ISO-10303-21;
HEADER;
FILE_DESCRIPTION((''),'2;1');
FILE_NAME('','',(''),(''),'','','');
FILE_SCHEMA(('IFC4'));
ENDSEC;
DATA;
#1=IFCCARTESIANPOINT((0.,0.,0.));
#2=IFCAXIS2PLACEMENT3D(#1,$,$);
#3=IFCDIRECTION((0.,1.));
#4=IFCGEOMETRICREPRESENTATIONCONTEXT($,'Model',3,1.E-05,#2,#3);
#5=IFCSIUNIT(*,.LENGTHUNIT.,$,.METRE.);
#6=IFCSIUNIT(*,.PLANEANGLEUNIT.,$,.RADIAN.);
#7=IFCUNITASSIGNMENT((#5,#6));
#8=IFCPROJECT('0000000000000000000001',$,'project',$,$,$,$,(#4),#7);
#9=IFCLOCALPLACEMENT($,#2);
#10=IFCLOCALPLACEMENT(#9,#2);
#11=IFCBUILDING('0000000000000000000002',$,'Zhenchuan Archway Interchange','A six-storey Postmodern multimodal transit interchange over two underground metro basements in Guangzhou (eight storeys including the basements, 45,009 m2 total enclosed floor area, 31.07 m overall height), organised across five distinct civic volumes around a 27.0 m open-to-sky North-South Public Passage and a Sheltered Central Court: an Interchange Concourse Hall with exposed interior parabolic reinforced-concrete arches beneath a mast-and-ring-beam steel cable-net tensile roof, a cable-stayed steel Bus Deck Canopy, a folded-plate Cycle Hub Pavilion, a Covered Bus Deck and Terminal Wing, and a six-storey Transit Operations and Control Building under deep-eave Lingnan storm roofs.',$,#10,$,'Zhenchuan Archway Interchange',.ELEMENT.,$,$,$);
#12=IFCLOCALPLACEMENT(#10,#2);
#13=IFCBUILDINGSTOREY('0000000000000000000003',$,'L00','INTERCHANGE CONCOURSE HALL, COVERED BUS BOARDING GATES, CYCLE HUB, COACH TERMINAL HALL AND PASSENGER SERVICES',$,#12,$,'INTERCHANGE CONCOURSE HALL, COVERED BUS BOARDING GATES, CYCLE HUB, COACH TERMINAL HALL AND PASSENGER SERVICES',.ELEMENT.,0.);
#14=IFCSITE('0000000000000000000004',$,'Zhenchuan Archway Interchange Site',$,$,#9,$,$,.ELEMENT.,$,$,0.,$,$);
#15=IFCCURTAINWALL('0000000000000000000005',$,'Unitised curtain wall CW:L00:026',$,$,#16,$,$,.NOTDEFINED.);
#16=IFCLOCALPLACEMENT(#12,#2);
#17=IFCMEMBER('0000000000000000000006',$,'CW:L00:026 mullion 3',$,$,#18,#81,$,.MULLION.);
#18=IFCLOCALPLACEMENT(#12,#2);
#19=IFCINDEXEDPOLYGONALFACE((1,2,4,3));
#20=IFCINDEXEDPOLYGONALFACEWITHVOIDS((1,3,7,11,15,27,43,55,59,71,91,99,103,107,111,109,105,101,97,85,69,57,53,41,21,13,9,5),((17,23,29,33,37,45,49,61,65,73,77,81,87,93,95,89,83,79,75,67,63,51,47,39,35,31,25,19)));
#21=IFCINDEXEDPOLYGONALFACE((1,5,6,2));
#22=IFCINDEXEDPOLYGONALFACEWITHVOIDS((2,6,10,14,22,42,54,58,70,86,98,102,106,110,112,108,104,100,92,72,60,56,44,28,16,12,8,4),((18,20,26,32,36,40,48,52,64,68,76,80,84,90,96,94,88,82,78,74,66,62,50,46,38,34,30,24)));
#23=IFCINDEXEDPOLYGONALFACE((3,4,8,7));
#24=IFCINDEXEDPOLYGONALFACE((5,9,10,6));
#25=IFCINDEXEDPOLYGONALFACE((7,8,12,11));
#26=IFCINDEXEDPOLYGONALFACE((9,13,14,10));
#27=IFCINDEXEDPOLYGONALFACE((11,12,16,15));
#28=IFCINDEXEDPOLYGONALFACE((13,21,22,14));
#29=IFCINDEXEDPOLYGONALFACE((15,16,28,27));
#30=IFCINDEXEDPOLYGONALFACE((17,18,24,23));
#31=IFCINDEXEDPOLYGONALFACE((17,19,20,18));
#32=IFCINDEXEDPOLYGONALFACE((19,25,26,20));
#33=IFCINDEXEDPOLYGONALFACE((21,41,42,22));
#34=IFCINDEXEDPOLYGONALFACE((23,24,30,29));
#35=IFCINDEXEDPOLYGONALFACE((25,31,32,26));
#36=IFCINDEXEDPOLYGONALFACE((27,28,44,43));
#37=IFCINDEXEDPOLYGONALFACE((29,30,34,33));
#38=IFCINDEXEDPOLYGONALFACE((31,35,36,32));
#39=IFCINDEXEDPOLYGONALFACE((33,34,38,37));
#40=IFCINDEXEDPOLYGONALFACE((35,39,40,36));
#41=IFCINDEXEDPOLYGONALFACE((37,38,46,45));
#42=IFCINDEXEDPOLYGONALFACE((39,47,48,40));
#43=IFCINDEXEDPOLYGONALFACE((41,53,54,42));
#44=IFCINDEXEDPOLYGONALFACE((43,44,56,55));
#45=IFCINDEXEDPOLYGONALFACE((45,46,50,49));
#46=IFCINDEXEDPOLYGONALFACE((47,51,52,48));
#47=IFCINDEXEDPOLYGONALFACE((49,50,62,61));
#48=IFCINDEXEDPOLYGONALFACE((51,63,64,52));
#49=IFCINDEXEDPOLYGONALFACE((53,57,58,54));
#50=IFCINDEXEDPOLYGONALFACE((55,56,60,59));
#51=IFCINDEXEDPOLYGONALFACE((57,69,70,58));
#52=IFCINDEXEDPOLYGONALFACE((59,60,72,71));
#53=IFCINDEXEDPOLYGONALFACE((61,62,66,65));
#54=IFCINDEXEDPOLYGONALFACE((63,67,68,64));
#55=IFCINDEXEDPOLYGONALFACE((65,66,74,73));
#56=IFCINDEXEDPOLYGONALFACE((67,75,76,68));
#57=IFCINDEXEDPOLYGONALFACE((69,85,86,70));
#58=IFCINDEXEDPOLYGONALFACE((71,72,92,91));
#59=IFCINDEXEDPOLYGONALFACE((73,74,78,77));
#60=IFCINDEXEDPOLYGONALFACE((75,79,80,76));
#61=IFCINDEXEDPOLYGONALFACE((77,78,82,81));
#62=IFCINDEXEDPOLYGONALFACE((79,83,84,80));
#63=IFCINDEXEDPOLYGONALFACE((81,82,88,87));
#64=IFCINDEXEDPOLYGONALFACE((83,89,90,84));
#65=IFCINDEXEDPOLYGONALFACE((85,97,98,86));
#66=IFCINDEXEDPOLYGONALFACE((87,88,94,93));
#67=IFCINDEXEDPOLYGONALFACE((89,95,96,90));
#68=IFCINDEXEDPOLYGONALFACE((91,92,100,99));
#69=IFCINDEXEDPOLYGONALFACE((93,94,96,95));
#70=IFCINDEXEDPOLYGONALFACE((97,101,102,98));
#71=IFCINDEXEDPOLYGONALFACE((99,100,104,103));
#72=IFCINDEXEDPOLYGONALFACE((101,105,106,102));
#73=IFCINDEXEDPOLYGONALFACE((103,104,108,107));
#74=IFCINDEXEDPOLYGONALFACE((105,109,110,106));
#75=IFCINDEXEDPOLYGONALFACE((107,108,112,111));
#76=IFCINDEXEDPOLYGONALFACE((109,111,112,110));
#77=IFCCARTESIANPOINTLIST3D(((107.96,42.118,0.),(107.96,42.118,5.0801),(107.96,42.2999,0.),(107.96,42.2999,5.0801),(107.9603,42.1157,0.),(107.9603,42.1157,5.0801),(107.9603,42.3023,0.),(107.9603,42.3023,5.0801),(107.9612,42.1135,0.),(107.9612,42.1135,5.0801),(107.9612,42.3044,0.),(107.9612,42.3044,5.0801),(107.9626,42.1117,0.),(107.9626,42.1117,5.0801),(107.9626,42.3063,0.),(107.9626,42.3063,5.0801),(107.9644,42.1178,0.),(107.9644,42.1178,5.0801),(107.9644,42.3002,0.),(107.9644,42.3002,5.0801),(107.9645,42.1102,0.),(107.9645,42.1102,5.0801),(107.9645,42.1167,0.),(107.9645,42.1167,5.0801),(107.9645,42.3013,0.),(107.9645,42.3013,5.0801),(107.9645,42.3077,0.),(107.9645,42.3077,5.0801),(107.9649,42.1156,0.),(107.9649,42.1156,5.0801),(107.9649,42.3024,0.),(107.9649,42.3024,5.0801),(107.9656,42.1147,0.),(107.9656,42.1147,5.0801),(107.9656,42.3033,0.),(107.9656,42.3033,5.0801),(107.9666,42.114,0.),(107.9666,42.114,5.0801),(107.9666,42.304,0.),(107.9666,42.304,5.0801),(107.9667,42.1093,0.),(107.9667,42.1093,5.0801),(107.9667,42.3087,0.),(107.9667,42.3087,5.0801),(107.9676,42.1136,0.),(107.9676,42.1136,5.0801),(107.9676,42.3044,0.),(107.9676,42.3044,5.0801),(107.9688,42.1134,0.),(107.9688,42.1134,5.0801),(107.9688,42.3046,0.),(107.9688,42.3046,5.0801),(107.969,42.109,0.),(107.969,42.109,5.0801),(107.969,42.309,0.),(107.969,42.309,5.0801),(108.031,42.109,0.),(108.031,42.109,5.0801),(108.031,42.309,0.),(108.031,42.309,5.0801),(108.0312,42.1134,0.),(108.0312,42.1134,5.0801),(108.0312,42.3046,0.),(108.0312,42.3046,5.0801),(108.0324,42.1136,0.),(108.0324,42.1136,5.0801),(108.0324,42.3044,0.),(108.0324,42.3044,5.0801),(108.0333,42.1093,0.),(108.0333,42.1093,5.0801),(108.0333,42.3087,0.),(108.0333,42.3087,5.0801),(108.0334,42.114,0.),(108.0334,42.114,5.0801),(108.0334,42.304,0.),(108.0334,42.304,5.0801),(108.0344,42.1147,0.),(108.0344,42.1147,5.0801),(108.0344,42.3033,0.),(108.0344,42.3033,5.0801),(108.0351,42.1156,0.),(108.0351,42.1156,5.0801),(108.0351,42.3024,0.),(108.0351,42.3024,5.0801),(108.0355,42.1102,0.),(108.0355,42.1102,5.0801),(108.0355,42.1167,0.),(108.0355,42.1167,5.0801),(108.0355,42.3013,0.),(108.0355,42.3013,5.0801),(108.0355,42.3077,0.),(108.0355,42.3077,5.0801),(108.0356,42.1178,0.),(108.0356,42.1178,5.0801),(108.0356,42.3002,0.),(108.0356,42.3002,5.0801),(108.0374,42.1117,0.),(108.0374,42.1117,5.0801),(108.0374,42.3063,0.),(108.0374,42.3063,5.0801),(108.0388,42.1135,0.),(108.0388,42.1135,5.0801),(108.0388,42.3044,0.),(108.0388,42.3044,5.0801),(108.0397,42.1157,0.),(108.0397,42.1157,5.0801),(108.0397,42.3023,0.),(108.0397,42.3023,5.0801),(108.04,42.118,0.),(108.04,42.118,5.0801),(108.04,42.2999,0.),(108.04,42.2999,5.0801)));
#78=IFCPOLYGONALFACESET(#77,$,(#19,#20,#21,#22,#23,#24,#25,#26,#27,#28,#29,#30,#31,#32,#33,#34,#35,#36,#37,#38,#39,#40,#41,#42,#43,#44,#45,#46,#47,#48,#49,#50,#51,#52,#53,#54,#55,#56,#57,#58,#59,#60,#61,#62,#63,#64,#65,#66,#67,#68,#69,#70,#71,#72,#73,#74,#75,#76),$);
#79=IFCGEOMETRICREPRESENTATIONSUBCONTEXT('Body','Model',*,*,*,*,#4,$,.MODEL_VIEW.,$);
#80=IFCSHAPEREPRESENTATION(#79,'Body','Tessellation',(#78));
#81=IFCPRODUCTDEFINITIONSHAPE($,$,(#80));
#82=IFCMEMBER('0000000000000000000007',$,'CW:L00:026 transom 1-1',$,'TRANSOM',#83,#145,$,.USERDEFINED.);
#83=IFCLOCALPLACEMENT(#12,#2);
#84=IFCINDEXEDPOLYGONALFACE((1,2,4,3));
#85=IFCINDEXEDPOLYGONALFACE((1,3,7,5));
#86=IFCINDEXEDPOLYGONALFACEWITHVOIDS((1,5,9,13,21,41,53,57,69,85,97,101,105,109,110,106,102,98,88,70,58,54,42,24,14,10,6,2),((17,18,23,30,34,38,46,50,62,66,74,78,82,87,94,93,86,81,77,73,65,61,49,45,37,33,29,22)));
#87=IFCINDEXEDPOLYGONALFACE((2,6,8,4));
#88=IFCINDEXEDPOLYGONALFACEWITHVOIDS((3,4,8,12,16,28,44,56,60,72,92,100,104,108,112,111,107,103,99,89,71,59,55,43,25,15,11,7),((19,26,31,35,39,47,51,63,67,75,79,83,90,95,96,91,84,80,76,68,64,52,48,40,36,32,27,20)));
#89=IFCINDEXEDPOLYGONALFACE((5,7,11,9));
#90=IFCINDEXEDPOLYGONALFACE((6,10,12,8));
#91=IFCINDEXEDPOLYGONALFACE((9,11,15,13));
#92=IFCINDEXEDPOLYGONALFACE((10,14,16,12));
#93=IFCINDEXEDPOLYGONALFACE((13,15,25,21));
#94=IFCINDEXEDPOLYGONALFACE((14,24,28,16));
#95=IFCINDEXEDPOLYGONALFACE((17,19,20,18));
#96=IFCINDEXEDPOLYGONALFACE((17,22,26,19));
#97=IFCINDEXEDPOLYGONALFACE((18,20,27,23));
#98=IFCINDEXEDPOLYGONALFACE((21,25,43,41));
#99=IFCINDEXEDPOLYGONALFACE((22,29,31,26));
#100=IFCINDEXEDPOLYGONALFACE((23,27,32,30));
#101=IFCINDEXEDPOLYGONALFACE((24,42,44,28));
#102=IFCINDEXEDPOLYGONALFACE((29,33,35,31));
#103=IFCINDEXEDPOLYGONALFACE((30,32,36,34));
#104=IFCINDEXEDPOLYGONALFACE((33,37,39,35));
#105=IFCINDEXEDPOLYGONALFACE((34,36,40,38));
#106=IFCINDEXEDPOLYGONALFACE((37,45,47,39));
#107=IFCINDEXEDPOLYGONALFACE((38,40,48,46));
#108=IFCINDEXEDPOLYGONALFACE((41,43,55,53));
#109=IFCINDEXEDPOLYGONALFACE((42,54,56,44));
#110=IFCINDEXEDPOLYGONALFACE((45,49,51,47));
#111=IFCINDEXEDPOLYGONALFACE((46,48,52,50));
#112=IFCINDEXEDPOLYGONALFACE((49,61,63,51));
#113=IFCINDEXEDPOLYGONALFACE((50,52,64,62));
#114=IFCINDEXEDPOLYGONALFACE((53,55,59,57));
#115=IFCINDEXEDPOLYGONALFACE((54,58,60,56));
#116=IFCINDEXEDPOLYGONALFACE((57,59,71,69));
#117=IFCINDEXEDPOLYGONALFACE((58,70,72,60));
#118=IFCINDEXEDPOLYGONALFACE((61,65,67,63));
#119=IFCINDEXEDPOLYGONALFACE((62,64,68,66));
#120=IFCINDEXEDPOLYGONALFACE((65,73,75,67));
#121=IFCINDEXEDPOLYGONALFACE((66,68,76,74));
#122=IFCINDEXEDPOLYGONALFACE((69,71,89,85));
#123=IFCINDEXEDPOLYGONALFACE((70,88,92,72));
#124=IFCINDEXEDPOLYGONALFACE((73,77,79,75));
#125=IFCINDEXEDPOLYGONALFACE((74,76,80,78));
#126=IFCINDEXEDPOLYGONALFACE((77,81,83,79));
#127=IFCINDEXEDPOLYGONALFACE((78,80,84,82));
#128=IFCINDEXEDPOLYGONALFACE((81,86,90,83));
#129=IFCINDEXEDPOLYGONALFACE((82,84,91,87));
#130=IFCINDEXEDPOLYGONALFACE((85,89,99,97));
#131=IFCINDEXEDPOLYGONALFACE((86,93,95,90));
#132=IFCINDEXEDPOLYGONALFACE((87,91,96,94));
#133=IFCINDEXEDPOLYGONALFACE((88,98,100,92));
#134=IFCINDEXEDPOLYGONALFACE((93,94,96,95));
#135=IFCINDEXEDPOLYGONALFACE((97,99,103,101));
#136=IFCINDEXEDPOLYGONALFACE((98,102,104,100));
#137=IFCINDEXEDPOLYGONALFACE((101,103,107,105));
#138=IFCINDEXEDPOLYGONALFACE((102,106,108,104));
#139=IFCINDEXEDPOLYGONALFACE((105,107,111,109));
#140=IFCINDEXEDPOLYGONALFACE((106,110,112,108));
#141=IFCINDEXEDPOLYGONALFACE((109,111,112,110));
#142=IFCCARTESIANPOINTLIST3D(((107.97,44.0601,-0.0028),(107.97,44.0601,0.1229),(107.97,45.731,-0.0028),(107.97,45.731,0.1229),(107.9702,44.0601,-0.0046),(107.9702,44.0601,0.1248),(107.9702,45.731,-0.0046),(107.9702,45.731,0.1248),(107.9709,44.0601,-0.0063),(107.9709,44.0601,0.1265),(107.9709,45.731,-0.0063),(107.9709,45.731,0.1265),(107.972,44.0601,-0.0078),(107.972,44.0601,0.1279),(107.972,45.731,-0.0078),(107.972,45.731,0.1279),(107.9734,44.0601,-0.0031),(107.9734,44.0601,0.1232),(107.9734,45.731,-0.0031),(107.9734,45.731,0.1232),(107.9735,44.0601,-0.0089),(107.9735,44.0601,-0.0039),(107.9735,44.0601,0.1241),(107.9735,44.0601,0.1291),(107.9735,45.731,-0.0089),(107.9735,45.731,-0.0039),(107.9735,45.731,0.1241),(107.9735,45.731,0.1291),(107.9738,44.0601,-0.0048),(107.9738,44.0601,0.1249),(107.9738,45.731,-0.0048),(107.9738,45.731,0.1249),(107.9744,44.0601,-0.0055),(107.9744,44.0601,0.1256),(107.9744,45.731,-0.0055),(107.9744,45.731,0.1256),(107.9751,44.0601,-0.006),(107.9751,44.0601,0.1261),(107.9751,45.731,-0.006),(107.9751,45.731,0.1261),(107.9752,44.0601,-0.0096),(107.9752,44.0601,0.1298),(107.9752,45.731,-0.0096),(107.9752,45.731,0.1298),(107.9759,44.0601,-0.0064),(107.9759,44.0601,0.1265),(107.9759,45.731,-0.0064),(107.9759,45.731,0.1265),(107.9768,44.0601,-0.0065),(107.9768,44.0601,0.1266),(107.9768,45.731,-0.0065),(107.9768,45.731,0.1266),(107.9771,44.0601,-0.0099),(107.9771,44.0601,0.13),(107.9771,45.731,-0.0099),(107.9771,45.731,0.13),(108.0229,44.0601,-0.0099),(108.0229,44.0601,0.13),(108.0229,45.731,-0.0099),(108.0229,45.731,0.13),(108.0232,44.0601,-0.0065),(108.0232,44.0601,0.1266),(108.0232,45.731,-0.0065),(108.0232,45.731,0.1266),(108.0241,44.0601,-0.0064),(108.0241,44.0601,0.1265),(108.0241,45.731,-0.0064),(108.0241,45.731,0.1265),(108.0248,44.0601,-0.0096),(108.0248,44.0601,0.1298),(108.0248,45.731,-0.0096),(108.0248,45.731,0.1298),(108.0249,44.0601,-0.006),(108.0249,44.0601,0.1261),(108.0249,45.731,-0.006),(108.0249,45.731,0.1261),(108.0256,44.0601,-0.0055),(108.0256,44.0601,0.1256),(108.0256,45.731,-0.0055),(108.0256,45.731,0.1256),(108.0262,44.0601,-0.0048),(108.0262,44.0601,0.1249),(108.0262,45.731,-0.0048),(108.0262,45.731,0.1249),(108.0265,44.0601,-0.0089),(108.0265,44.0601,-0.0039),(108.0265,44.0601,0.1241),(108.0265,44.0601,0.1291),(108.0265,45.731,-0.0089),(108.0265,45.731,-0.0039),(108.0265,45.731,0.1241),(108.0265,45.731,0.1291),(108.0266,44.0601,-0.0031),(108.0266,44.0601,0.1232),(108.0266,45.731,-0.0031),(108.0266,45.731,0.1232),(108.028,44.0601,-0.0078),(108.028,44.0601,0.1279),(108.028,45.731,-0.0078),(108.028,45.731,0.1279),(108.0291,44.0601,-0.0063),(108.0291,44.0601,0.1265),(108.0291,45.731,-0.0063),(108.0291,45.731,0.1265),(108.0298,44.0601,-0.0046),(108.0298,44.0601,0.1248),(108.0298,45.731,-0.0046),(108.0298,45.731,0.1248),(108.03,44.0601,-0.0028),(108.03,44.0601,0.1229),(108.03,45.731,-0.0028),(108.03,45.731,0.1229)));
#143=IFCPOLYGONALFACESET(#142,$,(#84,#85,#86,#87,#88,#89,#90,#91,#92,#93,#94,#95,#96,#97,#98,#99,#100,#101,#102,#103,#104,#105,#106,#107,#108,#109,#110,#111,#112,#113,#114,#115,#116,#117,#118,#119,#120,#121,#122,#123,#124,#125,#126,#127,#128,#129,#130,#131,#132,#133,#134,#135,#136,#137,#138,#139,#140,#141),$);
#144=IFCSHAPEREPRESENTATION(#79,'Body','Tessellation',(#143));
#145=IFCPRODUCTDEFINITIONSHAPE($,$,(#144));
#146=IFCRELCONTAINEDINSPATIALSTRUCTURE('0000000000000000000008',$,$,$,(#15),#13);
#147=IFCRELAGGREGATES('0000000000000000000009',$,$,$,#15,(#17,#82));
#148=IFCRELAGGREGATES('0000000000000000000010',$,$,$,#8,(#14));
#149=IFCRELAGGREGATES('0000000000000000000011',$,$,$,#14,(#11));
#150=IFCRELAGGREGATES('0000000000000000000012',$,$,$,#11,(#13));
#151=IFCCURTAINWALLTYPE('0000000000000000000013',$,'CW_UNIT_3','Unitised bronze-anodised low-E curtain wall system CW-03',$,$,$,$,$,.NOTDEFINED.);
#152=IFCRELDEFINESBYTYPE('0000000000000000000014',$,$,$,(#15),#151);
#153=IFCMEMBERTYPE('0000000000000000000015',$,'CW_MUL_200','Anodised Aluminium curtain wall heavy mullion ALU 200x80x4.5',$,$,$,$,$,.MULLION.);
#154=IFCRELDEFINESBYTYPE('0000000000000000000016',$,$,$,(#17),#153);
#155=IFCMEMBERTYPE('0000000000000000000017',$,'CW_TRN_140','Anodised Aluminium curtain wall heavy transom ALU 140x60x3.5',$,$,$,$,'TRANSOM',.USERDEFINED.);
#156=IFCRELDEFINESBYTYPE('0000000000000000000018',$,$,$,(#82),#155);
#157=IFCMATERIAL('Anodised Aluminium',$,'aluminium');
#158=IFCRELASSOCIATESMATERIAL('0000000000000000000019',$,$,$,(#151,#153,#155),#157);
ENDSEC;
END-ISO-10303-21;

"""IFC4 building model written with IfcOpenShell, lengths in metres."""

from ifc_helpers import new_model, si_unit, direction, frame, origin, origin_2d, place, context, subcontext, project, spatial, hollow_rectangle, extrude, material, material_profile, profile_set, type_object, element, aggregate, save


model = new_model("IFC4")

# Units and contexts
model_context = context("Model", 3, precision=1e-05, world=origin(), true_north=direction((0.0, 1.0)))
body_context = subcontext(model_context, "Body", "Model", "MODEL_VIEW")
ifc_project = project(units=[si_unit("LENGTHUNIT", "METRE"), si_unit("PLANEANGLEUNIT", "RADIAN")], contexts=[model_context])

# Site, building, storey
site_placement = place(None, origin())
site = spatial("IfcSite", under=ifc_project, at=site_placement, Name="Zhenchuan Archway Interchange Site", CompositionType="ELEMENT", RefElevation=0.0)
building_placement = place(site_placement, origin())
building = spatial("IfcBuilding", under=site, at=building_placement, Name="Zhenchuan Archway Interchange", Description="A six-storey Postmodern multimodal transit interchange over two underground metro basements in Guangzhou (eight storeys including the basements, 45,009 m2 total enclosed floor area, 31.07 m overall height), organised across five distinct civic volumes around a 27.0 m open-to-sky North-South Public Passage and a Sheltered Central Court: an Interchange Concourse Hall with exposed interior parabolic reinforced-concrete arches beneath a mast-and-ring-beam steel cable-net tensile roof, a cable-stayed steel Bus Deck Canopy, a folded-plate Cycle Hub Pavilion, a Covered Bus Deck and Terminal Wing, and a six-storey Transit Operations and Control Building under deep-eave Lingnan storm roofs.", LongName="Zhenchuan Archway Interchange", CompositionType="ELEMENT")
storey_placement = place(building_placement, origin())
storey = spatial("IfcBuildingStorey", under=building, at=storey_placement, Name="L00", Description="INTERCHANGE CONCOURSE HALL, COVERED BUS BOARDING GATES, CYCLE HUB, COACH TERMINAL HALL AND PASSENGER SERVICES", LongName="INTERCHANGE CONCOURSE HALL, COVERED BUS BOARDING GATES, CYCLE HUB, COACH TERMINAL HALL AND PASSENGER SERVICES", CompositionType="ELEMENT", Elevation=0.0)

# Curtain wall, members
ifc_material_1 = material(Name="Anodised Aluminium", Category="aluminium")
curtain_wall_type = type_object("IfcCurtainWallType", Name="CW_UNIT_3", Description="Unitised bronze-anodised low-E curtain wall system CW-03", PredefinedType="NOTDEFINED", material=ifc_material_1)
curtain_wall_placement = place(storey_placement, origin())
curtain_wall = element("IfcCurtainWall", 1, at=curtain_wall_placement, inside=storey, type_object=curtain_wall_type, Name="Unitised curtain wall CW:L00:026", PredefinedType="NOTDEFINED")
ifc_material_profile_1 = material_profile(ifc_material_1, hollow_rectangle(XDim=0.0801, YDim=0.2, WallThickness=0.0044, InnerFilletRadius=0.0044, OuterFilletRadius=0.009, at=origin_2d()), Name="ALU 200x80x4.5")
ifc_profile_set_1 = profile_set([ifc_material_profile_1], Name="Anodised Aluminium")
member_type_1 = type_object("IfcMemberType", Name="CW_MUL_200", Description="Anodised Aluminium curtain wall heavy mullion ALU 200x80x4.5", PredefinedType="MULLION", material=ifc_profile_set_1)
member_1_placement = place(storey_placement, frame((108.0, 42.209, 0.0), z_axis=(0.0, 0.0, 1.0), x_axis=(1.0, 0.0, 0.0)))
member_1 = element("IfcMember", 2, at=member_1_placement, type_object=member_type_1, Name="CW:L00:026 mullion 3", PredefinedType="MULLION", context=body_context, shape_type="SweptSolid", body=[
    extrude(hollow_rectangle(XDim=0.0801, YDim=0.2, WallThickness=0.0044, InnerFilletRadius=0.0044, OuterFilletRadius=0.009, at=origin_2d()), origin(), (0.0, 0.0, 1.0), 5.0801),
])
ifc_material_profile_2 = material_profile(ifc_material_1, hollow_rectangle(XDim=0.0601, YDim=0.1399, WallThickness=0.0034, InnerFilletRadius=0.0034, OuterFilletRadius=0.0071, at=origin_2d()), Name="ALU 140x60x3.5")
ifc_profile_set_2 = profile_set([ifc_material_profile_2], Name="Anodised Aluminium")
member_type_2 = type_object("IfcMemberType", Name="CW_TRN_140", Description="Anodised Aluminium curtain wall heavy transom ALU 140x60x3.5", ElementType="TRANSOM", PredefinedType="USERDEFINED", material=ifc_profile_set_2)
member_2_placement = place(storey_placement, frame((108.0, 45.731, 0.0601), z_axis=(0.0, -1.0, 0.0), x_axis=(1.0, 0.0, 0.0)))
member_2 = element("IfcMember", 3, at=member_2_placement, type_object=member_type_2, Name="CW:L00:026 transom 1-1", ObjectType="TRANSOM", PredefinedType="USERDEFINED", context=body_context, shape_type="SweptSolid", body=[
    extrude(hollow_rectangle(XDim=0.0601, YDim=0.1399, WallThickness=0.0034, InnerFilletRadius=0.0034, OuterFilletRadius=0.0071, at=origin_2d()), origin(), (0.0, 0.0, 1.0), 1.6709),
])
aggregate(curtain_wall, [member_1, member_2])

save(model, "model.ifc")
